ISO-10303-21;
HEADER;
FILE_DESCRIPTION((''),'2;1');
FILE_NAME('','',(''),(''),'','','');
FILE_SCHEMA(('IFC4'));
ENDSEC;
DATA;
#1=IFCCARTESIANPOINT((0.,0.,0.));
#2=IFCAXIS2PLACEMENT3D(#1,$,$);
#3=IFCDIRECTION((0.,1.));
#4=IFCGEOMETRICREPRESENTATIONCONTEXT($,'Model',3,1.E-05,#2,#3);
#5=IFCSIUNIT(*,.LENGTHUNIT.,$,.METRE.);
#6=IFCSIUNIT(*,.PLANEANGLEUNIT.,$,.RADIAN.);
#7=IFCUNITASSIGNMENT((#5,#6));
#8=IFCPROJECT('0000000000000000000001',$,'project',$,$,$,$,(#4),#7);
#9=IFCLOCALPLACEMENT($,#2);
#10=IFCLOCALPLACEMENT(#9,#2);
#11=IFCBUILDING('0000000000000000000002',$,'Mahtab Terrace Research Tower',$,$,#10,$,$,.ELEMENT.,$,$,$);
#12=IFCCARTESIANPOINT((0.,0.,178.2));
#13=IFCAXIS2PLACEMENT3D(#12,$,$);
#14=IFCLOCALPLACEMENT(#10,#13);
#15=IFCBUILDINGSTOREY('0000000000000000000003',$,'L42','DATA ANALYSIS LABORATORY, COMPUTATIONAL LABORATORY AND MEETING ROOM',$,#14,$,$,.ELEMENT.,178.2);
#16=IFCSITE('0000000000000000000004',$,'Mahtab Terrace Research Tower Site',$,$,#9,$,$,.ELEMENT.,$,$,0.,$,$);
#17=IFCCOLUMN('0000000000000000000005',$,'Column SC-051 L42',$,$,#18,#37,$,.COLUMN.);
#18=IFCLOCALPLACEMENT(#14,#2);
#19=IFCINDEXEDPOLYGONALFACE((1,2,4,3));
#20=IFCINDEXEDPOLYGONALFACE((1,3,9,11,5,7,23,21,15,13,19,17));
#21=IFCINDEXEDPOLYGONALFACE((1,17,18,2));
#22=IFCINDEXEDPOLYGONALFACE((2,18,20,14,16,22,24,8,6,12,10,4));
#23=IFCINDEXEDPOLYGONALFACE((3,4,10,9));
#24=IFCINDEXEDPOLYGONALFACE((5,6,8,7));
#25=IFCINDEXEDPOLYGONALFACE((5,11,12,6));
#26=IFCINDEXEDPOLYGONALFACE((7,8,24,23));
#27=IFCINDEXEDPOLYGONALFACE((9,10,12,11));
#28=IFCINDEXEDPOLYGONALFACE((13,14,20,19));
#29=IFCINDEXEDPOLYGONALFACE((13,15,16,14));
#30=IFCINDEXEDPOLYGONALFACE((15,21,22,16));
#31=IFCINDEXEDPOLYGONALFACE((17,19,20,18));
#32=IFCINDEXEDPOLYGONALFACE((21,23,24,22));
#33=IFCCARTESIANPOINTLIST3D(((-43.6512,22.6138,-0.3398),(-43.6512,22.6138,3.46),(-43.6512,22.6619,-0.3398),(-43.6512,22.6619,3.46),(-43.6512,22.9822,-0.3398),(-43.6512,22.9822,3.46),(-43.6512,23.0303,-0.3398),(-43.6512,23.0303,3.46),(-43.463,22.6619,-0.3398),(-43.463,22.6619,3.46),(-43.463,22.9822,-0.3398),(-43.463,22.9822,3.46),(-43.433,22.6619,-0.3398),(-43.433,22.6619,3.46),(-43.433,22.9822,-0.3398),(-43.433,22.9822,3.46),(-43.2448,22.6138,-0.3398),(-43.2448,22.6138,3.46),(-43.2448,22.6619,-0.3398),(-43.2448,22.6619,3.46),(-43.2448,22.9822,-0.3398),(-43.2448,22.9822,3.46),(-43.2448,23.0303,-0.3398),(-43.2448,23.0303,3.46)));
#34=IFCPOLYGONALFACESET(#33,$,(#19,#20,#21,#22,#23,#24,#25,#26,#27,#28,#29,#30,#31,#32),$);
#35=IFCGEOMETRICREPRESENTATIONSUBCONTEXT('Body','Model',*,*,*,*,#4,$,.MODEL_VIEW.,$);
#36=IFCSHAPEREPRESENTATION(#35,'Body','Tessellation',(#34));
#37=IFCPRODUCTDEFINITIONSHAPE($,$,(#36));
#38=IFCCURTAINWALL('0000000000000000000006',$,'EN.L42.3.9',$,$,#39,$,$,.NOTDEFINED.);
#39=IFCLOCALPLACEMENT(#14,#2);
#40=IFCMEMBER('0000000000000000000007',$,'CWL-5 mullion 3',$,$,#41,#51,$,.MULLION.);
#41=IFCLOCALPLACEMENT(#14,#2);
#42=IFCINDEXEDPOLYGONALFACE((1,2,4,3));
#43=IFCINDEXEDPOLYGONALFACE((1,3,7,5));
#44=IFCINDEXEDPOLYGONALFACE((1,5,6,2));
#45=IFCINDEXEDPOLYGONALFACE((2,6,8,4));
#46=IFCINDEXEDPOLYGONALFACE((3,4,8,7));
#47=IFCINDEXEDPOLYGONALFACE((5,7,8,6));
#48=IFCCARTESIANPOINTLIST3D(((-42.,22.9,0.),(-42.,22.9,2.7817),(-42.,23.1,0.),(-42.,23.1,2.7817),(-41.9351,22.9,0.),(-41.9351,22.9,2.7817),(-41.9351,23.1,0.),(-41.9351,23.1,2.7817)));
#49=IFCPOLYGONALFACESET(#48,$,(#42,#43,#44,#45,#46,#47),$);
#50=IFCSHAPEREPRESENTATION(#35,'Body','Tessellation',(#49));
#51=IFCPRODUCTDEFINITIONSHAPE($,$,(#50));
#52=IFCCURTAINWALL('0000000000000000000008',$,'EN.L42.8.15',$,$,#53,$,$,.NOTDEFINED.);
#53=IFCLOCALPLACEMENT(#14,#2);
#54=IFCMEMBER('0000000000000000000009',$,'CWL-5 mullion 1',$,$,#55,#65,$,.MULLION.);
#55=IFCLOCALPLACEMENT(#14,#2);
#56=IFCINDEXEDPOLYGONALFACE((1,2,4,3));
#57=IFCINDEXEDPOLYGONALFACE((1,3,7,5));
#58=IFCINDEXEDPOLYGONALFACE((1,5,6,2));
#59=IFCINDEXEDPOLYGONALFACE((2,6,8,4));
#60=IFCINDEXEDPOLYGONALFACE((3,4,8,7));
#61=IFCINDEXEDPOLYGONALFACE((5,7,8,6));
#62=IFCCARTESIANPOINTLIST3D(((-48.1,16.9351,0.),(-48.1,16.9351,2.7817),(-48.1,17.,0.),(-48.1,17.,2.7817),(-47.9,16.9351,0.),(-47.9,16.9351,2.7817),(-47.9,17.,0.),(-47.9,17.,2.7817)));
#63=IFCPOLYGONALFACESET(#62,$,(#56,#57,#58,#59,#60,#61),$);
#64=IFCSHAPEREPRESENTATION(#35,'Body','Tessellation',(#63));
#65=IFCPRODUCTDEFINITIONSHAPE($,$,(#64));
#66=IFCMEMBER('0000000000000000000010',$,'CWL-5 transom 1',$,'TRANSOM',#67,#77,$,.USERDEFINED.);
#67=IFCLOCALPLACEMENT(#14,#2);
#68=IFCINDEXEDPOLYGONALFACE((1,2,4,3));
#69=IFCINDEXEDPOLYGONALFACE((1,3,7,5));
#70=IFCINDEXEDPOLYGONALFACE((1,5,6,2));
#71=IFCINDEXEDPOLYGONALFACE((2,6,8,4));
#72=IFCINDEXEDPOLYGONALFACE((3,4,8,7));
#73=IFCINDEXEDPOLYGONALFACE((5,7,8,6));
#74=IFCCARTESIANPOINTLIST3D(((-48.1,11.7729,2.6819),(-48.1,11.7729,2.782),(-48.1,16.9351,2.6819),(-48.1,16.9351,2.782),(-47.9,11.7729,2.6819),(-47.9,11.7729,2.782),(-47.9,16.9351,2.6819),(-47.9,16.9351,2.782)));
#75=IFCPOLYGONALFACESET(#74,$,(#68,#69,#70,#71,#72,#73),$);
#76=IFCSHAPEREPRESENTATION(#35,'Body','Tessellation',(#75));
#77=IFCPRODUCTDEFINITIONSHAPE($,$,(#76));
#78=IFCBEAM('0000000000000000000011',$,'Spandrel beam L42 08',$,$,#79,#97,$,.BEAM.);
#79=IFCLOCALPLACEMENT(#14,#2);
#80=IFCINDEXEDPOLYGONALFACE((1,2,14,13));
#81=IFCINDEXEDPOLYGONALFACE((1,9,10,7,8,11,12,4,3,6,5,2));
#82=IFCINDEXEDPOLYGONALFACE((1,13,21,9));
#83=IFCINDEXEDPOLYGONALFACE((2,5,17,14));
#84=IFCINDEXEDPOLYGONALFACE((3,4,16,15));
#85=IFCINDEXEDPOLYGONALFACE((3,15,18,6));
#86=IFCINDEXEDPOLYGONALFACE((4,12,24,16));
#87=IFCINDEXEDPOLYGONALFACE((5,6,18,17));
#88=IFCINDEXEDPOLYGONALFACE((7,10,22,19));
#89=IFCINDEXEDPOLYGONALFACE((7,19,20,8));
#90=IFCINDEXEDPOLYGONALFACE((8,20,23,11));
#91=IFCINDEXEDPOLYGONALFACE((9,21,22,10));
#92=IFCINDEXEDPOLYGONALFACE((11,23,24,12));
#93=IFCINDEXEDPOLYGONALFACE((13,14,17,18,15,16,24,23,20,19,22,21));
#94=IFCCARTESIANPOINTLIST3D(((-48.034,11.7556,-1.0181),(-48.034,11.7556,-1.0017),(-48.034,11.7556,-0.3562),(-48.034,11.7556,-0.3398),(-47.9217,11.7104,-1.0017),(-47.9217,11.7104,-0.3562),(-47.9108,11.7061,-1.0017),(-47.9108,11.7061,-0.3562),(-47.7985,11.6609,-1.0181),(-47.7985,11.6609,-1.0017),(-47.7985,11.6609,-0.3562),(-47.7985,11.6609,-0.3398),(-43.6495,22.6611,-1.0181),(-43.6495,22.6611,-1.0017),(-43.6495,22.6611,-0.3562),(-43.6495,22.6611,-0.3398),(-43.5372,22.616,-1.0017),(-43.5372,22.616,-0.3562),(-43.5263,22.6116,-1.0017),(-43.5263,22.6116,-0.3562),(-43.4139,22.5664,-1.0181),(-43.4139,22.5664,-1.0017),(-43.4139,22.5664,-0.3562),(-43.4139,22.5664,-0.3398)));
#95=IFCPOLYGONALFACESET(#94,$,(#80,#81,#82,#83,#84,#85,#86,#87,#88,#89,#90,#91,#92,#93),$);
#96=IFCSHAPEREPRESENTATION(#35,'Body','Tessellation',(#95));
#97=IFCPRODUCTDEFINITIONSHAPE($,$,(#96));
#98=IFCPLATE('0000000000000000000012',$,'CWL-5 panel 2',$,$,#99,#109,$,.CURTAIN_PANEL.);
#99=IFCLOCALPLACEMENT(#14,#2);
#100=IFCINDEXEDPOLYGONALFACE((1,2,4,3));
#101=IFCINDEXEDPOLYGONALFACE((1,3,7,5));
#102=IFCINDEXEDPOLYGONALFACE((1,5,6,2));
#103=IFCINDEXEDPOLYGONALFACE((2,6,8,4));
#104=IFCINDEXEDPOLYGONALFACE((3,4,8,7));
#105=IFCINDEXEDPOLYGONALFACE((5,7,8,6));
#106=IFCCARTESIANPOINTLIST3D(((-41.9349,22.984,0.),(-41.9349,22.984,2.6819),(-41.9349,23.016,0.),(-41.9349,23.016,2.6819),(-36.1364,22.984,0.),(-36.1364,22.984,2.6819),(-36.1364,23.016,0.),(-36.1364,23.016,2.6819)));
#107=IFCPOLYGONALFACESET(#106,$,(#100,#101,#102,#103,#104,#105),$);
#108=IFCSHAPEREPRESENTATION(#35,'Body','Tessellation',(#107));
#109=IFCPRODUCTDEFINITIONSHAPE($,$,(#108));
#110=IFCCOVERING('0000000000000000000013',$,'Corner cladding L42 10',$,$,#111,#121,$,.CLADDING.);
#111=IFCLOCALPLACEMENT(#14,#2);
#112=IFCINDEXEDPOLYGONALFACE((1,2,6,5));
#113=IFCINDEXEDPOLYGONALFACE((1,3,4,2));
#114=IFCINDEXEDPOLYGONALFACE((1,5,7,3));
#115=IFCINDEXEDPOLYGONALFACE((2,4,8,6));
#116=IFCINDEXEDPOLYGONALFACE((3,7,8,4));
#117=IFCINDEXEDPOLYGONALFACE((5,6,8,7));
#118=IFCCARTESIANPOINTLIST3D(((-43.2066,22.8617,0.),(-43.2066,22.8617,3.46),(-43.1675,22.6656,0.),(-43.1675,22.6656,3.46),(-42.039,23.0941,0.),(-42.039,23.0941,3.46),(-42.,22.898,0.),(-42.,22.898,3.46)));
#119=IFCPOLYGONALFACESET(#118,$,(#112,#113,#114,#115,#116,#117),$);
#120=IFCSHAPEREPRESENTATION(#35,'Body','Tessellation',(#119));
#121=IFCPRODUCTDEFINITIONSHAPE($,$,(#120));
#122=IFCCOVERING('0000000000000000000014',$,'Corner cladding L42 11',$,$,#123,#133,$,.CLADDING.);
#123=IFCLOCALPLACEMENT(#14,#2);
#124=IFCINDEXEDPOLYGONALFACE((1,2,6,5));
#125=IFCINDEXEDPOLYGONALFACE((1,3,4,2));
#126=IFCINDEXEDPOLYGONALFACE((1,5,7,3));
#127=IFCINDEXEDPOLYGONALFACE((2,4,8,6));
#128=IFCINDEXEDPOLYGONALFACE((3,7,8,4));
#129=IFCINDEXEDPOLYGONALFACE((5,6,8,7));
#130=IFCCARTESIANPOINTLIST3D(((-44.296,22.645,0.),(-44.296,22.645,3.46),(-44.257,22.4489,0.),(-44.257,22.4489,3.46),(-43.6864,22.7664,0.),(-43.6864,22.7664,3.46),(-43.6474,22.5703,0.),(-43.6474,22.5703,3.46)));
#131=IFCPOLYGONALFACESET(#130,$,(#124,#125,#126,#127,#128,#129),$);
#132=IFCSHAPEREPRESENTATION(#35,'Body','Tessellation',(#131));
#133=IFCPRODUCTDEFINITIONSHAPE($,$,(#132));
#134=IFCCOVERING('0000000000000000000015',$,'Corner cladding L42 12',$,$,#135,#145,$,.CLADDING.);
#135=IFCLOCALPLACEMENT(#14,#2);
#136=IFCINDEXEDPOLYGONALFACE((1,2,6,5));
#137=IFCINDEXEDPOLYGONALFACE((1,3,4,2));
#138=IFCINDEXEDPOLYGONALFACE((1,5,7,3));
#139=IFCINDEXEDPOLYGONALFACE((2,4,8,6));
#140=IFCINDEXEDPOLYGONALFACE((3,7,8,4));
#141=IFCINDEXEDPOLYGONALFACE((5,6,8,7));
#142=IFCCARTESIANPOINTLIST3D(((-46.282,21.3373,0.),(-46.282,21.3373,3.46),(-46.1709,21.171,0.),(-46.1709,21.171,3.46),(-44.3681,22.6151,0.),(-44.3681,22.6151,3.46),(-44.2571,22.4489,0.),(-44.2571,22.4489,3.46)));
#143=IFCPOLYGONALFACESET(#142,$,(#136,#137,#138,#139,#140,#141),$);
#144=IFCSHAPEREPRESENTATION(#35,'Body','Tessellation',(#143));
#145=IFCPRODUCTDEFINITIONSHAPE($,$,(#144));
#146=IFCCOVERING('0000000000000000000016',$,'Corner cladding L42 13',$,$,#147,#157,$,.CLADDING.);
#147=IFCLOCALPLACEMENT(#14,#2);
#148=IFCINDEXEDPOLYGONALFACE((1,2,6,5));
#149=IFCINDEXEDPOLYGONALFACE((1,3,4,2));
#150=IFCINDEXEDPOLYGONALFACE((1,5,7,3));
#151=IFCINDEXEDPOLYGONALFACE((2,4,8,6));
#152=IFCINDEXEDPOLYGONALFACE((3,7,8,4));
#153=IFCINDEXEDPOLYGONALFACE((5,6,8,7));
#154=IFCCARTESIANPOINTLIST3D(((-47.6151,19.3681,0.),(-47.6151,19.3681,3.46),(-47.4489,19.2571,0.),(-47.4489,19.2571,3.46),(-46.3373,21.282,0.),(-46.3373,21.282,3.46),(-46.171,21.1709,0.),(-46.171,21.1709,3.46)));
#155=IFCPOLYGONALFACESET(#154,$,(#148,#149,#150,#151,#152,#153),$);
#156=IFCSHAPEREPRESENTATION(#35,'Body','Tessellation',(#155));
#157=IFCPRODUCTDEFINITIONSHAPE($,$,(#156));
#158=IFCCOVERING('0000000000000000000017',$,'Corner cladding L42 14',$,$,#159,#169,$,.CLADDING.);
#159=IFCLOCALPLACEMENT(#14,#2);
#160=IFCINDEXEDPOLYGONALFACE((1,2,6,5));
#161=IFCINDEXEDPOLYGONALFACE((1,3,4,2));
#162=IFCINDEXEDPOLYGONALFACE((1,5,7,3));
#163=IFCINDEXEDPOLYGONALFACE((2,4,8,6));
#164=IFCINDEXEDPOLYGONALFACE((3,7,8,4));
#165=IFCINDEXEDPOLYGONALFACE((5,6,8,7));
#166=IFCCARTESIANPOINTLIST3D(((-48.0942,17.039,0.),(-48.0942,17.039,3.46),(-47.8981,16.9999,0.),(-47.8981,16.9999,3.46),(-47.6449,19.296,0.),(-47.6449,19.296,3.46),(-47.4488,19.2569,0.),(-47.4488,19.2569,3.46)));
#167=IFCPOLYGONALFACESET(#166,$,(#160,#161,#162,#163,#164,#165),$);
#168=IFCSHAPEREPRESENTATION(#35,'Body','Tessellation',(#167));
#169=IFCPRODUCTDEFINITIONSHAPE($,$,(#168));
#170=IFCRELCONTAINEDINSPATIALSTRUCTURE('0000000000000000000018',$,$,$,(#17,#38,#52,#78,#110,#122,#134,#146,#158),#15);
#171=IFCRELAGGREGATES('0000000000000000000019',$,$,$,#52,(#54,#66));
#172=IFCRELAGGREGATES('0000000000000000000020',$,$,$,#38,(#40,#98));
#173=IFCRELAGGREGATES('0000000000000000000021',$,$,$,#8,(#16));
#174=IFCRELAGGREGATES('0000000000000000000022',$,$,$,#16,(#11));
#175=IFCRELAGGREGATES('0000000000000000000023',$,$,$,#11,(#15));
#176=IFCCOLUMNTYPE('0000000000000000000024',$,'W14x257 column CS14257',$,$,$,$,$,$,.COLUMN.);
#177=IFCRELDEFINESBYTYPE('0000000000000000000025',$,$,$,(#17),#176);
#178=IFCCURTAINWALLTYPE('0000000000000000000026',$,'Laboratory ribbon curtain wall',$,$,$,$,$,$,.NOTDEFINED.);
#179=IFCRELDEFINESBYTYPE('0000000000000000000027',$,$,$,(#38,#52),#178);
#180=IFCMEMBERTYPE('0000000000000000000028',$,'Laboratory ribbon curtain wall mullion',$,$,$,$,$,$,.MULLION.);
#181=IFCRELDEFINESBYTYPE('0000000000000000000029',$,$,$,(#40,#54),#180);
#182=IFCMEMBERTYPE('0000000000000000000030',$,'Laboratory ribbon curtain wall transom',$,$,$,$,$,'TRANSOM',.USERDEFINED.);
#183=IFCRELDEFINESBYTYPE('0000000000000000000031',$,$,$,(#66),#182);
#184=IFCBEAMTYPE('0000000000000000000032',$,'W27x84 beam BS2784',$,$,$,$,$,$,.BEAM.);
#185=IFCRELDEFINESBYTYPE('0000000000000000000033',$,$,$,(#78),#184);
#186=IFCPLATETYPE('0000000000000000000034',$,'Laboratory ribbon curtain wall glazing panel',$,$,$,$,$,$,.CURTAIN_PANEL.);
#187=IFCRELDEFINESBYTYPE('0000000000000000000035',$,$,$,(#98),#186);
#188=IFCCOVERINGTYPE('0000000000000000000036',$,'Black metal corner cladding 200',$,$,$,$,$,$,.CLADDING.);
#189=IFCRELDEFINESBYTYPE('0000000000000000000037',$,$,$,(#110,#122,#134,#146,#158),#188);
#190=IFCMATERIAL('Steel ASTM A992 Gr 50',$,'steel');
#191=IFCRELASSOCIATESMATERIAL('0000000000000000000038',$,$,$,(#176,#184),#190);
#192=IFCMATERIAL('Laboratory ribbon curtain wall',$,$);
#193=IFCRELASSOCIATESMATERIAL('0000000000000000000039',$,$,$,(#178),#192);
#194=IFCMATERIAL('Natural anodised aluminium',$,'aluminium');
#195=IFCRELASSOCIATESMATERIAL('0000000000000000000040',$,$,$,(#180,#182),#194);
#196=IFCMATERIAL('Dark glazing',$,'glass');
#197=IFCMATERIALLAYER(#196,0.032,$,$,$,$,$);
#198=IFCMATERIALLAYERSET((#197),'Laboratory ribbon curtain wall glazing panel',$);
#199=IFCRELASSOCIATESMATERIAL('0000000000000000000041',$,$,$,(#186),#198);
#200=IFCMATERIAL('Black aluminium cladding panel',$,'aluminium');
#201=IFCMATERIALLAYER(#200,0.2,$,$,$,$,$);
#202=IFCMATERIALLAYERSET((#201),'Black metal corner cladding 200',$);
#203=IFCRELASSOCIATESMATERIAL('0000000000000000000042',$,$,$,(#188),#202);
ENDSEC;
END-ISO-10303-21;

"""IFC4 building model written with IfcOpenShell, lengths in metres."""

from ifc_helpers import new_model, si_unit, direction, frame, origin, origin_2d, place, context, subcontext, project, spatial, rectangle, i_section, extrude, material, layer, layer_set, material_profile, profile_set, type_object, element, aggregate, save


model = new_model("IFC4")

# Units and contexts
model_context = context("Model", 3, precision=1e-05, world=origin(), true_north=direction((0.0, 1.0)))
body_context = subcontext(model_context, "Body", "Model", "MODEL_VIEW")
ifc_project = project(units=[si_unit("LENGTHUNIT", "METRE"), si_unit("PLANEANGLEUNIT", "RADIAN")], contexts=[model_context])

# Site, building, storey
site_placement = place(None, origin())
site = spatial("IfcSite", under=ifc_project, at=site_placement, Name="Mahtab Terrace Research Tower Site", CompositionType="ELEMENT", RefElevation=0.0)
building_placement = place(site_placement, origin())
building = spatial("IfcBuilding", under=site, at=building_placement, Name="Mahtab Terrace Research Tower", CompositionType="ELEMENT")
storey_placement = place(building_placement, frame((0.0, 0.0, 178.2)))
storey = spatial("IfcBuildingStorey", under=building, at=storey_placement, Name="L42", Description="DATA ANALYSIS LABORATORY, COMPUTATIONAL LABORATORY AND MEETING ROOM", CompositionType="ELEMENT", Elevation=178.2)

# Column
ifc_material_1 = material(Name="Steel ASTM A992 Gr 50", Category="steel")
ifc_material_profile_1 = material_profile(ifc_material_1, i_section(OverallWidth=0.4065, OverallDepth=0.4165, WebThickness=0.03, FlangeThickness=0.0481, at=origin_2d()), Name="W14X257")
ifc_profile_set_1 = profile_set([ifc_material_profile_1], Name="Steel ASTM A992 Gr 50")
column_type = type_object("IfcColumnType", Name="W14x257 column CS14257", PredefinedType="COLUMN", material=ifc_profile_set_1)
column_placement = place(storey_placement, frame((-43.448, 22.822, -0.3398), z_axis=(0.0, 0.0, 1.0), x_axis=(1.0, 0.0, 0.0)))
element("IfcColumn", 1, at=column_placement, inside=storey, type_object=column_type, Name="Column SC-051 L42", PredefinedType="COLUMN", context=body_context, shape_type="SweptSolid", body=[
    extrude(i_section(OverallWidth=0.4065, OverallDepth=0.4165, WebThickness=0.03, FlangeThickness=0.0481, at=origin_2d()), origin(), (0.0, 0.0, 1.0), 3.7998),
])

# Curtain wall, member
ifc_material_2 = material(Name="Laboratory ribbon curtain wall")
curtain_wall_type = type_object("IfcCurtainWallType", Name="Laboratory ribbon curtain wall", PredefinedType="NOTDEFINED", material=ifc_material_2)
curtain_wall_1_placement = place(storey_placement, origin())
curtain_wall_1 = element("IfcCurtainWall", 2, at=curtain_wall_1_placement, inside=storey, type_object=curtain_wall_type, Name="EN.L42.3.9", PredefinedType="NOTDEFINED")
ifc_material_3 = material(Name="Natural anodised aluminium", Category="aluminium")
ifc_material_profile_2 = material_profile(ifc_material_3, rectangle(XDim=0.2, YDim=0.0649, at=origin_2d()), Name="MULLION 65x200")
ifc_profile_set_2 = profile_set([ifc_material_profile_2], Name="Natural anodised aluminium")
member_type_1 = type_object("IfcMemberType", Name="Laboratory ribbon curtain wall mullion", PredefinedType="MULLION", material=ifc_profile_set_2)
member_1_placement = place(storey_placement, frame((-41.9675, 23.0, 0.0), z_axis=(0.0, 0.0, 1.0), x_axis=(0.0, -1.0, 0.0)))
member_1 = element("IfcMember", 3, at=member_1_placement, type_object=member_type_1, Name="CWL-5 mullion 3", PredefinedType="MULLION", context=body_context, shape_type="SweptSolid", body=[
    extrude(rectangle(XDim=0.2, YDim=0.0649, at=origin_2d()), origin(), (0.0, 0.0, 1.0), 2.7817),
])

# Curtain wall, members
curtain_wall_2_placement = place(storey_placement, origin())
curtain_wall_2 = element("IfcCurtainWall", 4, at=curtain_wall_2_placement, inside=storey, type_object=curtain_wall_type, Name="EN.L42.8.15", PredefinedType="NOTDEFINED")
member_2_placement = place(storey_placement, frame((-48.0, 16.9675, 0.0), z_axis=(0.0, 0.0, 1.0), x_axis=(1.0, 0.0, 0.0)))
member_2 = element("IfcMember", 5, at=member_2_placement, type_object=member_type_1, Name="CWL-5 mullion 1", PredefinedType="MULLION", context=body_context, shape_type="SweptSolid", body=[
    extrude(rectangle(XDim=0.2, YDim=0.0649, at=origin_2d()), origin(), (0.0, 0.0, 1.0), 2.7817),
])
ifc_material_profile_3 = material_profile(ifc_material_3, rectangle(XDim=0.2, YDim=0.1001, at=origin_2d()), Name="TRANSOM 100x200")
ifc_profile_set_3 = profile_set([ifc_material_profile_3], Name="Natural anodised aluminium")
member_type_2 = type_object("IfcMemberType", Name="Laboratory ribbon curtain wall transom", ElementType="TRANSOM", PredefinedType="USERDEFINED", material=ifc_profile_set_3)
member_3_placement = place(storey_placement, frame((-48.0, 16.9351, 2.7319), z_axis=(0.0, -1.0, 0.0), x_axis=(1.0, 0.0, 0.0)))
member_3 = element("IfcMember", 6, at=member_3_placement, type_object=member_type_2, Name="CWL-5 transom 1", ObjectType="TRANSOM", PredefinedType="USERDEFINED", context=body_context, shape_type="SweptSolid", body=[
    extrude(rectangle(XDim=0.2, YDim=0.1001, at=origin_2d()), origin(), (0.0, 0.0, 1.0), 5.1621),
])
aggregate(curtain_wall_2, [member_2, member_3])

# Beam
ifc_material_profile_4 = material_profile(ifc_material_1, i_section(OverallWidth=0.2539, OverallDepth=0.6782, WebThickness=0.0117, FlangeThickness=0.0164, at=origin_2d()), Name="W27X84")
ifc_profile_set_4 = profile_set([ifc_material_profile_4], Name="Steel ASTM A992 Gr 50")
beam_type = type_object("IfcBeamType", Name="W27x84 beam BS2784", PredefinedType="BEAM", material=ifc_profile_set_4)
beam_placement = place(storey_placement, frame((-43.5317, 22.6138, -0.679), z_axis=(-0.373027, -0.927821, 0.0), x_axis=(0.927821, -0.373027, 0.0)))
element("IfcBeam", 7, at=beam_placement, inside=storey, type_object=beam_type, Name="Spandrel beam L42 08", PredefinedType="BEAM", context=body_context, shape_type="SweptSolid", body=[
    extrude(i_section(OverallWidth=0.2539, OverallDepth=0.6782, WebThickness=0.0117, FlangeThickness=0.0164, at=origin_2d()), origin(), (0.0, 0.0, 1.0), 11.7539),
])

# Plate
ifc_material_4 = material(Name="Dark glazing", Category="glass")
ifc_layer_1 = layer(ifc_material_4, 0.032)
ifc_layer_set_1 = layer_set([ifc_layer_1], Name="Laboratory ribbon curtain wall glazing panel")
plate_type = type_object("IfcPlateType", Name="Laboratory ribbon curtain wall glazing panel", PredefinedType="CURTAIN_PANEL", material=ifc_layer_set_1)
plate_placement = place(storey_placement, frame((-39.0356, 23.0, 0.0), z_axis=(0.0, 0.0, 1.0), x_axis=(-1.0, 0.0, 0.0)))
plate = element("IfcPlate", 8, at=plate_placement, type_object=plate_type, Name="CWL-5 panel 2", PredefinedType="CURTAIN_PANEL", context=body_context, shape_type="SweptSolid", body=[
    extrude(rectangle(XDim=5.7986, YDim=0.032, at=origin_2d()), origin(), (0.0, 0.0, 1.0), 2.6819),
])
aggregate(curtain_wall_1, [member_1, plate])

# Coverings
ifc_material_5 = material(Name="Black aluminium cladding panel", Category="aluminium")
ifc_layer_2 = layer(ifc_material_5, 0.2)
ifc_layer_set_2 = layer_set([ifc_layer_2], Name="Black metal corner cladding 200")
covering_type = type_object("IfcCoveringType", Name="Black metal corner cladding 200", PredefinedType="CLADDING", material=ifc_layer_set_2)
covering_1_placement = place(storey_placement, frame((-42.6033, 22.8799, 0.0), z_axis=(0.0, 0.0, 1.0), x_axis=(-0.980761, -0.195212, 0.0)))
element("IfcCovering", 9, at=covering_1_placement, inside=storey, type_object=covering_type, Name="Corner cladding L42 10", PredefinedType="CLADDING", context=body_context, shape_type="SweptSolid", body=[
    extrude(rectangle(XDim=1.1904, YDim=0.2, at=origin_2d()), origin(), (0.0, 0.0, 1.0), 3.46),
])
covering_2_placement = place(storey_placement, frame((-43.9717, 22.6077, 0.0), z_axis=(0.0, 0.0, 1.0), x_axis=(-0.980761, -0.195212, 0.0)))
element("IfcCovering", 10, at=covering_2_placement, inside=storey, type_object=covering_type, Name="Corner cladding L42 11", PredefinedType="CLADDING", context=body_context, shape_type="SweptSolid", body=[
    extrude(rectangle(XDim=0.6216, YDim=0.2, at=origin_2d()), origin(), (0.0, 0.0, 1.0), 3.46),
])
for number, where, z_axis, x_axis, name in (
    (11, (-45.2695, 21.8931, 0.0), (0.0, 0.0, 1.0), (-0.831656, -0.555291, 0.0), "Corner cladding L42 12"),
    (12, (-46.8931, 20.2695, 0.0), (0.0, 0.0, 1.0), (-0.555291, -0.831656, 0.0), "Corner cladding L42 13"),
    (13, (-47.7715, 18.1479, 0.0), (0.0, 0.0, 1.0), (-0.195212, -0.980761, 0.0), "Corner cladding L42 14"),
):
    element("IfcCovering", number, at=place(storey_placement, frame(where, z_axis=z_axis, x_axis=x_axis)), inside=storey, type_object=covering_type, Name=name, PredefinedType="CLADDING", context=body_context, shape_type="SweptSolid", body=[
        extrude(rectangle(XDim=2.3013, YDim=0.2, at=origin_2d()), origin(), (0.0, 0.0, 1.0), 3.46),
    ])

save(model, "model.ifc")
